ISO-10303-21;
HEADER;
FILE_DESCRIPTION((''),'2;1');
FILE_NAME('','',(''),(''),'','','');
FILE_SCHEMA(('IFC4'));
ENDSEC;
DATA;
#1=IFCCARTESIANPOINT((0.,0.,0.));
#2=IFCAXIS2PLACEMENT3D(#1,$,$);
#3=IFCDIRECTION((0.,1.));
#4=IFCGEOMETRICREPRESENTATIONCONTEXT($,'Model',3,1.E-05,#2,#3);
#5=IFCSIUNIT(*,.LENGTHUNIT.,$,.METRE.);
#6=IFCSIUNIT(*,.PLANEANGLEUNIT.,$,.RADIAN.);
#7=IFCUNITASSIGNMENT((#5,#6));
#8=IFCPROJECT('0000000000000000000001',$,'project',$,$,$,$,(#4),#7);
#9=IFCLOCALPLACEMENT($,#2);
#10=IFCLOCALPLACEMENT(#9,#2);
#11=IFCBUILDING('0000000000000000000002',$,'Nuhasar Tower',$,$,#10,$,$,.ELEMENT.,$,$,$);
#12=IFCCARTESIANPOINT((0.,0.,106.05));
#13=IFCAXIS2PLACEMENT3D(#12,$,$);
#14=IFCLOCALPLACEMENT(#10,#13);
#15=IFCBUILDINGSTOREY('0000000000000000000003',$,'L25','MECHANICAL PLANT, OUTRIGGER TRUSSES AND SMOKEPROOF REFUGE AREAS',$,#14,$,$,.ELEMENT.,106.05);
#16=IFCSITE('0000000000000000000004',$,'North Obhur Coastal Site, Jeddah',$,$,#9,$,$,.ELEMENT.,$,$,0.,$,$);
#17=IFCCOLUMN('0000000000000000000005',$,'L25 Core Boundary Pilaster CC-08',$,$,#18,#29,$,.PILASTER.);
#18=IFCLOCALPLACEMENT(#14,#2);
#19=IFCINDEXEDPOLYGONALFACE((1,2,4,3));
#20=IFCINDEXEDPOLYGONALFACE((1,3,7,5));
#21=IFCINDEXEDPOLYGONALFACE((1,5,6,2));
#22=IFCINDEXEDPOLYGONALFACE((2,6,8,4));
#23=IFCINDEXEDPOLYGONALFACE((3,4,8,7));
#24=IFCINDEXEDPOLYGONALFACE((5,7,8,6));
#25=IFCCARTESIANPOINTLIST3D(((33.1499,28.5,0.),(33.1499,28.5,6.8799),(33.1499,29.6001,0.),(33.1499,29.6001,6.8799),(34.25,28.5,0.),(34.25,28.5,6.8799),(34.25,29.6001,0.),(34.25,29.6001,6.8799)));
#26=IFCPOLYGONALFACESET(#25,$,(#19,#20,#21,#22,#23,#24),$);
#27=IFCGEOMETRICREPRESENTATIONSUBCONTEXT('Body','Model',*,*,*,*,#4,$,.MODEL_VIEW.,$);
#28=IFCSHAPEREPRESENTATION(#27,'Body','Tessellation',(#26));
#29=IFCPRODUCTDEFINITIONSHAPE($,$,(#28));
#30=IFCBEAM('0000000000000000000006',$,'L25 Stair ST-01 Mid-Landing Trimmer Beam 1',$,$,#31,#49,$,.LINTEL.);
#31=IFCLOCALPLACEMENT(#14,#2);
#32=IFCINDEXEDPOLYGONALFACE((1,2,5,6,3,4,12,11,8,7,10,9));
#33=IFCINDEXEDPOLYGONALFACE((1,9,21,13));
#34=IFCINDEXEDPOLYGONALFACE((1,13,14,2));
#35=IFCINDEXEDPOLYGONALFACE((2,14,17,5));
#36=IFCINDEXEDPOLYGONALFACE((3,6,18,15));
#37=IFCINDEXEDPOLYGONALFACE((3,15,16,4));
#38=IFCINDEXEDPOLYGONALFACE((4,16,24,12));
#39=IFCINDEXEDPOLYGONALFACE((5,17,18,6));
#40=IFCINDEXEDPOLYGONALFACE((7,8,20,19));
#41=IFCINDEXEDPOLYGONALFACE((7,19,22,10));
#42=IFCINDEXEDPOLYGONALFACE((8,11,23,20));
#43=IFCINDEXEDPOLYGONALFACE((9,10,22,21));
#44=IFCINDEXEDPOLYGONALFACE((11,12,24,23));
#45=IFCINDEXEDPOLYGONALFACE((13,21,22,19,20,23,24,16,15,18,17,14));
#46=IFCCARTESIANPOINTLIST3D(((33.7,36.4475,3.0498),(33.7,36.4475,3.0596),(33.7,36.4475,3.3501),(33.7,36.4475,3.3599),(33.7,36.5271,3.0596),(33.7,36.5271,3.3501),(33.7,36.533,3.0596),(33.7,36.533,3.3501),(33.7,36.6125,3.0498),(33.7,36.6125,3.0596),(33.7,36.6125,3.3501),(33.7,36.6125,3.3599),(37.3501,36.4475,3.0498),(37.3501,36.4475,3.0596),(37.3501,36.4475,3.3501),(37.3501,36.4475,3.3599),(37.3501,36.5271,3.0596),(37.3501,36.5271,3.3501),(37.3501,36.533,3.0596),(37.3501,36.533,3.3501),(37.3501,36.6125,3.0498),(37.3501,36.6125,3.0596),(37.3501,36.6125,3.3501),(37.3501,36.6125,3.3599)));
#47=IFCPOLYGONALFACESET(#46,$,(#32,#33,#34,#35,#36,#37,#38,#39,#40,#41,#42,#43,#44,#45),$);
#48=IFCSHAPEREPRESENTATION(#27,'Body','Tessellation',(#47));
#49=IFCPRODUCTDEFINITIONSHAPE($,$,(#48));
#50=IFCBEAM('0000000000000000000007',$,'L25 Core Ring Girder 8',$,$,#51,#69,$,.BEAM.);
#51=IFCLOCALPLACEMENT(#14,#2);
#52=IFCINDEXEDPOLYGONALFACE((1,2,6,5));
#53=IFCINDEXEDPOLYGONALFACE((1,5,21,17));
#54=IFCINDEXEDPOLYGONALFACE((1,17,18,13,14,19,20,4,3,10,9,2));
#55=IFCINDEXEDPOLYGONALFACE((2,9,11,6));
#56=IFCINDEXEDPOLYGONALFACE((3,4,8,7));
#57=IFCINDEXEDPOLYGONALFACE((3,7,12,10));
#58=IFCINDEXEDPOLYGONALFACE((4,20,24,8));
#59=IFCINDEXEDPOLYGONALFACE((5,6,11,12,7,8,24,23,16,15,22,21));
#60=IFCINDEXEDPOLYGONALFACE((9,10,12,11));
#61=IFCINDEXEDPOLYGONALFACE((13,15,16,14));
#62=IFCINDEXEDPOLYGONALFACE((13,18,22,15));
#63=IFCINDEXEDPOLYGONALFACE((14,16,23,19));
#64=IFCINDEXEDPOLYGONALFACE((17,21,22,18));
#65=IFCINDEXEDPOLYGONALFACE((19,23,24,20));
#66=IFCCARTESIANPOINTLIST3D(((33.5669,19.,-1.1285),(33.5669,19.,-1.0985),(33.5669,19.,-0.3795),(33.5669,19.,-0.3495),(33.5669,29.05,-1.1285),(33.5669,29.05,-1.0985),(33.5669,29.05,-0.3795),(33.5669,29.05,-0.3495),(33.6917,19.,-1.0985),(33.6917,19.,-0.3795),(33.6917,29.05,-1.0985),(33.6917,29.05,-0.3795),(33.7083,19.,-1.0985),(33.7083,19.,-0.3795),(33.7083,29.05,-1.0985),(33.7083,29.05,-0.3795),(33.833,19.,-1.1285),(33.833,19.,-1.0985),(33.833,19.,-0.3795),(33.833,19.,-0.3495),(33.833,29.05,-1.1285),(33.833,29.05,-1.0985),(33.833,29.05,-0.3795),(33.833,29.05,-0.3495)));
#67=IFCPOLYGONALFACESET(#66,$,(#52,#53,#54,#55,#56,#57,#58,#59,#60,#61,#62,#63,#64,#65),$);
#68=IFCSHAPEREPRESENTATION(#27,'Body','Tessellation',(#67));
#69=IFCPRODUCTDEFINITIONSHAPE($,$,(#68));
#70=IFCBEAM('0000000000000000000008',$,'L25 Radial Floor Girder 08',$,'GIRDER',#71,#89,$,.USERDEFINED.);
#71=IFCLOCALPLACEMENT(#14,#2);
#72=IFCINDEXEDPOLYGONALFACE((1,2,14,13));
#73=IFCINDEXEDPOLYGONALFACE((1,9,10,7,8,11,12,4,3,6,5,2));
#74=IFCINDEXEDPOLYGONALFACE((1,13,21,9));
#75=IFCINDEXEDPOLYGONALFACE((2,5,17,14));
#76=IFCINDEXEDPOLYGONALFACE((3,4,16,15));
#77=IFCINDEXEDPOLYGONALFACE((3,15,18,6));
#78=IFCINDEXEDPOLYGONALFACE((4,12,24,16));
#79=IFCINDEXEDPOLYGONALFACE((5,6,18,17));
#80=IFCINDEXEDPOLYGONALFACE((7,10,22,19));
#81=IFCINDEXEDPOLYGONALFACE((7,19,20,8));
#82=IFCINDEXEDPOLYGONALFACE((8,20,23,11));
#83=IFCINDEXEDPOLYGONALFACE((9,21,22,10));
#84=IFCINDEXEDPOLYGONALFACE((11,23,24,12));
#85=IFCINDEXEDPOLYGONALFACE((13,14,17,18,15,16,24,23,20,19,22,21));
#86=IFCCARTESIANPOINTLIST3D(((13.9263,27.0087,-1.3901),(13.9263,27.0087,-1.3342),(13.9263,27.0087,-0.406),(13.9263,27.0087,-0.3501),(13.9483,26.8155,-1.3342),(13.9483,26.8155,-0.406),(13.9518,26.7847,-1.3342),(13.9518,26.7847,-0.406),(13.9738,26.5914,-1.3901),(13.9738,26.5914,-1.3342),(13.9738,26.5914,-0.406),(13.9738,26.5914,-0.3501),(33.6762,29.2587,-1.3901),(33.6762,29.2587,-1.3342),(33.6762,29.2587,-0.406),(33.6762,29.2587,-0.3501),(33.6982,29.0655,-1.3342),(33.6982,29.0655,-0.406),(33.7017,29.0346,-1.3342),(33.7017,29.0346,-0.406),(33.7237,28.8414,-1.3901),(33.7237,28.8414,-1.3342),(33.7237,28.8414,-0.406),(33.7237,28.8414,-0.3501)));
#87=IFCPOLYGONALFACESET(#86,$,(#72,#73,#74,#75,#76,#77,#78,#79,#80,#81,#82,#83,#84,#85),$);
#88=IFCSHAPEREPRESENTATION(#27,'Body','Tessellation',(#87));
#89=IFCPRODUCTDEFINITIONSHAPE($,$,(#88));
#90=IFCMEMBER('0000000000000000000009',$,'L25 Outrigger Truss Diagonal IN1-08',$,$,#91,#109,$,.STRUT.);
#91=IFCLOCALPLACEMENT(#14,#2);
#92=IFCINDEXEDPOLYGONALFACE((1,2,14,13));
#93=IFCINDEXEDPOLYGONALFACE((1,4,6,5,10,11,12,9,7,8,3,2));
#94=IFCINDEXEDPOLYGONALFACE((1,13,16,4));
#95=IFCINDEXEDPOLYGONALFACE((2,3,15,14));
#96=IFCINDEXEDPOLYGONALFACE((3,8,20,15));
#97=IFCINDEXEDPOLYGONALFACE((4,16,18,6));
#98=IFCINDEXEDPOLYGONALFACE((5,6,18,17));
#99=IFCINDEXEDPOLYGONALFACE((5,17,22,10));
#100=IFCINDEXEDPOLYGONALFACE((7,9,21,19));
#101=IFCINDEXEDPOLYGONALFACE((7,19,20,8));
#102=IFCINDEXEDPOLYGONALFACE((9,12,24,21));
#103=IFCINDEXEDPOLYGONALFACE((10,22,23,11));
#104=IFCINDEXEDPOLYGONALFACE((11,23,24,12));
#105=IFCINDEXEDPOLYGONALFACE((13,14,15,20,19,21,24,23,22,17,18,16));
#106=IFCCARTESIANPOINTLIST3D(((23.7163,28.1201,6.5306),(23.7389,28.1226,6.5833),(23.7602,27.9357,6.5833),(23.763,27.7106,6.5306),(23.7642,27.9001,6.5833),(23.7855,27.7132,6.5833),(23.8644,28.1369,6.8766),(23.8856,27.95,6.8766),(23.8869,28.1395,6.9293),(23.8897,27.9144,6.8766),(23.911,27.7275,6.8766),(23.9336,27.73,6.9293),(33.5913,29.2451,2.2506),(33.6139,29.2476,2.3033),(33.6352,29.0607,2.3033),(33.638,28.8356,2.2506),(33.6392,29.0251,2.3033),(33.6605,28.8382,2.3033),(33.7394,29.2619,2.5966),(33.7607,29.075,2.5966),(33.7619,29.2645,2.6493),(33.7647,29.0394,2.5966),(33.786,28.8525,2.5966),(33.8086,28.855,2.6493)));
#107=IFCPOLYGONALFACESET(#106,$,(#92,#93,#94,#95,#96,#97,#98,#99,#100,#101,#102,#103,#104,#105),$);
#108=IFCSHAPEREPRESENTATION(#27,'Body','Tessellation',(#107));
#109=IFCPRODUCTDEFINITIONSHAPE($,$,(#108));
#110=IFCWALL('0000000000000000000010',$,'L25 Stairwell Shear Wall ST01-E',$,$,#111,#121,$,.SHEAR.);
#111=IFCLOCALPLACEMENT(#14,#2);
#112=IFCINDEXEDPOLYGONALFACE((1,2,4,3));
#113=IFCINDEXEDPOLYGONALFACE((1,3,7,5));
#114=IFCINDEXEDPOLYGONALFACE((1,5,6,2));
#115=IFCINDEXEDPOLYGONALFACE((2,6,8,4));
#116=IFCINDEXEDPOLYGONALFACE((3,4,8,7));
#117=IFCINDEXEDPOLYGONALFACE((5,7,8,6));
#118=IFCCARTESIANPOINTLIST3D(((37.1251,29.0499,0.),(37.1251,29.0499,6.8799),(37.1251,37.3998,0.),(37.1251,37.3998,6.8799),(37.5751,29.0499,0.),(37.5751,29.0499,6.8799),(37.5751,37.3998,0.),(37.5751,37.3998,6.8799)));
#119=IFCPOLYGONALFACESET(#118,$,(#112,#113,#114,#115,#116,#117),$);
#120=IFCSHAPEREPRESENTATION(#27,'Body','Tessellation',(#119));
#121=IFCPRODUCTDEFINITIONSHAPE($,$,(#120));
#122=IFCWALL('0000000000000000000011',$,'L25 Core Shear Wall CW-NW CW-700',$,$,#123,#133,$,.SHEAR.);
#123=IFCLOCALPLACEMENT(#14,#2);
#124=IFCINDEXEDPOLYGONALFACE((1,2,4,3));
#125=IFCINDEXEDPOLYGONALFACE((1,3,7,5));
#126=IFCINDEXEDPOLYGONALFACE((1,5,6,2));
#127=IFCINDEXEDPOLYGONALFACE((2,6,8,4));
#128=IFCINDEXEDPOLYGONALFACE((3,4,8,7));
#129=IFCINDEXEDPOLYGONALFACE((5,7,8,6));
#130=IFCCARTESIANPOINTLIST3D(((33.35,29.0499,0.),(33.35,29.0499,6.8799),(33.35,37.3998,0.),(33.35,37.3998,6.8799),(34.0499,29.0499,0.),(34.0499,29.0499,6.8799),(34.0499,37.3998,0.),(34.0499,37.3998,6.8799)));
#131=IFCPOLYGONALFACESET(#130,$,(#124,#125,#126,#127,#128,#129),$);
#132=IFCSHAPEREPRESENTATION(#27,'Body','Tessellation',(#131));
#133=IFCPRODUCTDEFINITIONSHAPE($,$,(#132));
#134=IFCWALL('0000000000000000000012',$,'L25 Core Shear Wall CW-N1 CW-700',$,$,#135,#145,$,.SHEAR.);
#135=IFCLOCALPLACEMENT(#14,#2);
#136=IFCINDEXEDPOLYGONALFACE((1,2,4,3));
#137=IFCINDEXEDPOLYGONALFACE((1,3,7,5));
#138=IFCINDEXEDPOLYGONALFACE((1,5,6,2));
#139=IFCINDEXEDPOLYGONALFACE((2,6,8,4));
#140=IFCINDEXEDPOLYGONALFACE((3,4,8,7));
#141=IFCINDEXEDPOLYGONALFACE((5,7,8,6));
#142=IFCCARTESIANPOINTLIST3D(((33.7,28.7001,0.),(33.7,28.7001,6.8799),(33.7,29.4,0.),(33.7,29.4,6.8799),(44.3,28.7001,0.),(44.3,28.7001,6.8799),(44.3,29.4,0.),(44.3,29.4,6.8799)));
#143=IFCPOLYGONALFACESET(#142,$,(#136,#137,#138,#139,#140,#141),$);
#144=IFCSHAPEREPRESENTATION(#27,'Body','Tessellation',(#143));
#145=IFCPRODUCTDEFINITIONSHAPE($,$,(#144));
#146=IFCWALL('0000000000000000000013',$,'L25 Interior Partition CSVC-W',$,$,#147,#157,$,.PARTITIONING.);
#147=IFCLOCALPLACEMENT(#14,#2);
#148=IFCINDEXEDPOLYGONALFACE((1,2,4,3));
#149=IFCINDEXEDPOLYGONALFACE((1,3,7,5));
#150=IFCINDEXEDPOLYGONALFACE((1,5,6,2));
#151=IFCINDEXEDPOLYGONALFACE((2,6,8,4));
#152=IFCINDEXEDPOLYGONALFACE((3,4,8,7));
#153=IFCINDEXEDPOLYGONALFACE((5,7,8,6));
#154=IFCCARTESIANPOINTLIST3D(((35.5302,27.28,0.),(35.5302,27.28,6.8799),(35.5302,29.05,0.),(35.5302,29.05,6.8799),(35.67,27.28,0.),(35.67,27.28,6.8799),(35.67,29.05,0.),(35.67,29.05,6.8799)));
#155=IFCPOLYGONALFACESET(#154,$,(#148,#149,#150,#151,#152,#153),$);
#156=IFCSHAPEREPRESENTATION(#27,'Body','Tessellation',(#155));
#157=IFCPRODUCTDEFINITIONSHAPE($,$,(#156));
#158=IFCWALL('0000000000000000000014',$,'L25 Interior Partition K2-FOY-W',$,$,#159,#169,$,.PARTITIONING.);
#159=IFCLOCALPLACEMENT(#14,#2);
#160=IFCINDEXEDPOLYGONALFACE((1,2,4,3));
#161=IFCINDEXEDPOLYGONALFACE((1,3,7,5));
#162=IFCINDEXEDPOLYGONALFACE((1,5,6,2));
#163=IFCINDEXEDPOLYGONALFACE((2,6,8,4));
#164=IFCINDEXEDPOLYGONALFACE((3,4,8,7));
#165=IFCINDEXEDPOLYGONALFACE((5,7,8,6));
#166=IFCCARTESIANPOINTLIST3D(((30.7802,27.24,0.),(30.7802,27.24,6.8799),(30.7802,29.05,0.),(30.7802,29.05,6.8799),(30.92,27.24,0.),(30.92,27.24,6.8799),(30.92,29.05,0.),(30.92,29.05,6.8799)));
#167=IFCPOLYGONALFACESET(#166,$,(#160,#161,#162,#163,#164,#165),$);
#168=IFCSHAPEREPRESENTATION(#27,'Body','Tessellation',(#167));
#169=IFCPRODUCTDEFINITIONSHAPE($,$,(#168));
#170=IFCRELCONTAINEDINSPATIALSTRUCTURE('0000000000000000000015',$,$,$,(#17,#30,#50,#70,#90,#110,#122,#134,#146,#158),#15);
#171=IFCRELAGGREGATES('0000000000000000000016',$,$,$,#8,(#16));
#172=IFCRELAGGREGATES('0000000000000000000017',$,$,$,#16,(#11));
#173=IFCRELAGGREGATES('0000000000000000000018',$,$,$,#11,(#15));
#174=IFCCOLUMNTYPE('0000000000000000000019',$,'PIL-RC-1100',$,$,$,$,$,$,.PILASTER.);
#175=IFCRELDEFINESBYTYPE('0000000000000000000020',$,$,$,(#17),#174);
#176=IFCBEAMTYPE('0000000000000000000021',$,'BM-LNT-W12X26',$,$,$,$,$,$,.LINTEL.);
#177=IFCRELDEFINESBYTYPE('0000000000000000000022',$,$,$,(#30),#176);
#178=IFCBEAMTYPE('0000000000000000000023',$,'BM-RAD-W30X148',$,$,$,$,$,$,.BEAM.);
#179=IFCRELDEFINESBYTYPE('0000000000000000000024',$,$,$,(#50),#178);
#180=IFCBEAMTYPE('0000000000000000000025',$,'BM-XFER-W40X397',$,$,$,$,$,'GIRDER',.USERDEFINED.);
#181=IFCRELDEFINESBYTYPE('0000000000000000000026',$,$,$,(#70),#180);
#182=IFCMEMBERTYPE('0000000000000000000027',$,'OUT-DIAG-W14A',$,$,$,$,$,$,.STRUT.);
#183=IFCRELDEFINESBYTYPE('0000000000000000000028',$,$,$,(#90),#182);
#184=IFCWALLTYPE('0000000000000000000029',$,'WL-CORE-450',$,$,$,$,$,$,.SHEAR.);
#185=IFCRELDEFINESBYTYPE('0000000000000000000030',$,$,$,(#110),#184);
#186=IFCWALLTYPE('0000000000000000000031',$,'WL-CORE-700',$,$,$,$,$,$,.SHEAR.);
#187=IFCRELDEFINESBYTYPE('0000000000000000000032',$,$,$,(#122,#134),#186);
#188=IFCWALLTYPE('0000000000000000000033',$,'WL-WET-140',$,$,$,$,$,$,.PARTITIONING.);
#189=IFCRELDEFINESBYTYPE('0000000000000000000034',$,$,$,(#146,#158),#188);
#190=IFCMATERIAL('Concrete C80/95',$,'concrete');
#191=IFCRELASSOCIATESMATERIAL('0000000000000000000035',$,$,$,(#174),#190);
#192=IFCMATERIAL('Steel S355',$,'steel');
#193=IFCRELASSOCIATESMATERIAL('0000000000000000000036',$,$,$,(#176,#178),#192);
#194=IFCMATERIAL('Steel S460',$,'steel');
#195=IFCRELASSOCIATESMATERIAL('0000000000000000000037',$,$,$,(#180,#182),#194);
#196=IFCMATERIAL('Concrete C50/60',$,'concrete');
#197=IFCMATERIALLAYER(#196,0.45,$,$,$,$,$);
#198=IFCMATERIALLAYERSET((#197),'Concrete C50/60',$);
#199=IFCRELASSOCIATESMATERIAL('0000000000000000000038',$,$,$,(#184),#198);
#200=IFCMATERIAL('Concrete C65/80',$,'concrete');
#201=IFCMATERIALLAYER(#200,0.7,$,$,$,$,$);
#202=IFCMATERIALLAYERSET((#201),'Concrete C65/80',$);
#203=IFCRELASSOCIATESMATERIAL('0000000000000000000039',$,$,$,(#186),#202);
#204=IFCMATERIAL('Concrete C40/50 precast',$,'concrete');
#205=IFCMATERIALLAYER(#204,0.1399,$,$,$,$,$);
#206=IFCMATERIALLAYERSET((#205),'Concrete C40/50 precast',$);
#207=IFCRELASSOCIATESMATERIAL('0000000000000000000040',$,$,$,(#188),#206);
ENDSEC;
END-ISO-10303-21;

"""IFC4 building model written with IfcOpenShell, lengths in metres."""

from ifc_helpers import new_model, si_unit, direction, frame, frame_2d, origin, origin_2d, place, context, subcontext, project, spatial, rectangle, i_section, extrude, material, layer, layer_set, material_profile, profile_set, type_object, element, save


model = new_model("IFC4")

# Units and contexts
model_context = context("Model", 3, precision=1e-05, world=origin(), true_north=direction((0.0, 1.0)))
body_context = subcontext(model_context, "Body", "Model", "MODEL_VIEW")
ifc_project = project(units=[si_unit("LENGTHUNIT", "METRE"), si_unit("PLANEANGLEUNIT", "RADIAN")], contexts=[model_context])

# Site, building, storey
site_placement = place(None, origin())
site = spatial("IfcSite", under=ifc_project, at=site_placement, Name="North Obhur Coastal Site, Jeddah", CompositionType="ELEMENT", RefElevation=0.0)
building_placement = place(site_placement, origin())
building = spatial("IfcBuilding", under=site, at=building_placement, Name="Nuhasar Tower", CompositionType="ELEMENT")
storey_placement = place(building_placement, frame((0.0, 0.0, 106.05)))
storey = spatial("IfcBuildingStorey", under=building, at=storey_placement, Name="L25", Description="MECHANICAL PLANT, OUTRIGGER TRUSSES AND SMOKEPROOF REFUGE AREAS", CompositionType="ELEMENT", Elevation=106.05)

# Column
ifc_material_1 = material(Name="Concrete C80/95", Category="concrete")
ifc_material_profile_1 = material_profile(ifc_material_1, rectangle(XDim=1.1001, YDim=1.1001, at=origin_2d()), Name="RC1100X1100")
ifc_profile_set_1 = profile_set([ifc_material_profile_1], Name="Concrete C80/95")
column_type = type_object("IfcColumnType", Name="PIL-RC-1100", PredefinedType="PILASTER", material=ifc_profile_set_1)
column_placement = place(storey_placement, frame((33.7, 29.05, 0.0), z_axis=(0.0, 0.0, 1.0), x_axis=(1.0, 0.0, 0.0)))
element("IfcColumn", 1, at=column_placement, inside=storey, type_object=column_type, Name="L25 Core Boundary Pilaster CC-08", PredefinedType="PILASTER", context=body_context, shape_type="SweptSolid", body=[
    extrude(rectangle(XDim=1.1001, YDim=1.1001, at=origin_2d()), origin(), (0.0, 0.0, 1.0), 6.8799),
])

# Beams
ifc_material_2 = material(Name="Steel S355", Category="steel")
ifc_material_profile_2 = material_profile(ifc_material_2, i_section(OverallWidth=0.165, OverallDepth=0.3101, WebThickness=0.0059, FlangeThickness=0.0098, at=origin_2d()), Name="W12X26")
ifc_profile_set_2 = profile_set([ifc_material_profile_2], Name="Steel S355")
beam_type_1 = type_object("IfcBeamType", Name="BM-LNT-W12X26", PredefinedType="LINTEL", material=ifc_profile_set_2)
beam_1_placement = place(storey_placement, frame((33.7, 36.53, 3.2048), z_axis=(1.0, 0.0, 0.0), x_axis=(0.0, 1.0, 0.0)))
element("IfcBeam", 2, at=beam_1_placement, inside=storey, type_object=beam_type_1, Name="L25 Stair ST-01 Mid-Landing Trimmer Beam 1", PredefinedType="LINTEL", context=body_context, shape_type="SweptSolid", body=[
    extrude(i_section(OverallWidth=0.165, OverallDepth=0.3101, WebThickness=0.0059, FlangeThickness=0.0098, at=origin_2d()), origin(), (0.0, 0.0, 1.0), 3.6501),
])
ifc_material_profile_3 = material_profile(ifc_material_2, i_section(OverallWidth=0.2661, OverallDepth=0.7791, WebThickness=0.0166, FlangeThickness=0.03, at=origin_2d()), Name="W30X148")
ifc_profile_set_3 = profile_set([ifc_material_profile_3], Name="Steel S355")
beam_type_2 = type_object("IfcBeamType", Name="BM-RAD-W30X148", PredefinedType="BEAM", material=ifc_profile_set_3)
beam_2_placement = place(storey_placement, frame((33.7, 29.05, -0.739), z_axis=(0.0, -1.0, 0.0), x_axis=(1.0, 0.0, 0.0)))
element("IfcBeam", 3, at=beam_2_placement, inside=storey, type_object=beam_type_2, Name="L25 Core Ring Girder 8", PredefinedType="BEAM", context=body_context, shape_type="SweptSolid", body=[
    extrude(i_section(OverallWidth=0.2661, OverallDepth=0.7791, WebThickness=0.0166, FlangeThickness=0.03, at=origin_2d()), origin(), (0.0, 0.0, 1.0), 10.05),
])
ifc_material_3 = material(Name="Steel S460", Category="steel")
ifc_material_profile_4 = material_profile(ifc_material_3, i_section(OverallWidth=0.4199, OverallDepth=1.04, WebThickness=0.031, FlangeThickness=0.0559, at=origin_2d()), Name="W40X397")
ifc_profile_set_4 = profile_set([ifc_material_profile_4], Name="Steel S460")
beam_type_3 = type_object("IfcBeamType", Name="BM-XFER-W40X397", ElementType="GIRDER", PredefinedType="USERDEFINED", material=ifc_profile_set_4)
beam_3_placement = place(storey_placement, frame((33.7, 29.05, -0.8701), z_axis=(-0.993573, -0.113192, 0.0), x_axis=(0.113192, -0.993573, 0.0)))
element("IfcBeam", 4, at=beam_3_placement, inside=storey, type_object=beam_type_3, Name="L25 Radial Floor Girder 08", ObjectType="GIRDER", PredefinedType="USERDEFINED", context=body_context, shape_type="SweptSolid", body=[
    extrude(i_section(OverallWidth=0.4199, OverallDepth=1.04, WebThickness=0.031, FlangeThickness=0.0559, at=origin_2d()), origin(), (0.0, 0.0, 1.0), 19.8777),
])

# Member
ifc_material_profile_5 = material_profile(ifc_material_3, i_section(OverallWidth=0.4121, OverallDepth=0.4341, WebThickness=0.0359, FlangeThickness=0.0574, at=origin_2d()), Name="W14X311")
ifc_profile_set_5 = profile_set([ifc_material_profile_5], Name="Steel S460")
member_type = type_object("IfcMemberType", Name="OUT-DIAG-W14A", PredefinedType="STRUT", material=ifc_profile_set_5)
member_placement = place(storey_placement, frame((33.7, 29.05, 2.45), z_axis=(-0.912555, -0.103962, 0.39552), x_axis=(0.113192, -0.993573, 0.0)))
element("IfcMember", 5, at=member_placement, inside=storey, type_object=member_type, Name="L25 Outrigger Truss Diagonal IN1-08", PredefinedType="STRUT", context=body_context, shape_type="SweptSolid", body=[
    extrude(i_section(OverallWidth=0.4121, OverallDepth=0.4341, WebThickness=0.0359, FlangeThickness=0.0574, at=origin_2d()), origin(), (0.0, 0.0, 1.0), 10.8213),
])

# Walls
ifc_material_4 = material(Name="Concrete C50/60", Category="concrete")
ifc_layer_1 = layer(ifc_material_4, 0.45)
ifc_layer_set_1 = layer_set([ifc_layer_1], Name="Concrete C50/60")
wall_type_1 = type_object("IfcWallType", Name="WL-CORE-450", PredefinedType="SHEAR", material=ifc_layer_set_1)
wall_1_placement = place(storey_placement, frame((37.3501, 29.05, 0.0), z_axis=(0.0, 0.0, 1.0), x_axis=(0.0, 1.0, 0.0)))
element("IfcWall", 6, at=wall_1_placement, inside=storey, type_object=wall_type_1, Name="L25 Stairwell Shear Wall ST01-E", PredefinedType="SHEAR", context=body_context, shape_type="SweptSolid", body=[
    extrude(rectangle(XDim=8.3499, YDim=0.45, at=frame_2d((4.1748, 0.0))), origin(), (0.0, 0.0, 1.0), 6.8799),
])
ifc_material_5 = material(Name="Concrete C65/80", Category="concrete")
ifc_layer_2 = layer(ifc_material_5, 0.7)
ifc_layer_set_2 = layer_set([ifc_layer_2], Name="Concrete C65/80")
wall_type_2 = type_object("IfcWallType", Name="WL-CORE-700", PredefinedType="SHEAR", material=ifc_layer_set_2)
wall_2_placement = place(storey_placement, frame((33.7, 29.05, 0.0), z_axis=(0.0, 0.0, 1.0), x_axis=(0.0, 1.0, 0.0)))
element("IfcWall", 7, at=wall_2_placement, inside=storey, type_object=wall_type_2, Name="L25 Core Shear Wall CW-NW CW-700", PredefinedType="SHEAR", context=body_context, shape_type="SweptSolid", body=[
    extrude(rectangle(XDim=8.3499, YDim=0.7, at=frame_2d((4.1748, 0.0))), origin(), (0.0, 0.0, 1.0), 6.8799),
])
wall_3_placement = place(storey_placement, frame((33.7, 29.05, 0.0), z_axis=(0.0, 0.0, 1.0), x_axis=(1.0, 0.0, 0.0)))
element("IfcWall", 8, at=wall_3_placement, inside=storey, type_object=wall_type_2, Name="L25 Core Shear Wall CW-N1 CW-700", PredefinedType="SHEAR", context=body_context, shape_type="SweptSolid", body=[
    extrude(rectangle(XDim=10.6001, YDim=0.7, at=frame_2d((5.3, 0.0))), origin(), (0.0, 0.0, 1.0), 6.8799),
])
ifc_material_6 = material(Name="Concrete C40/50 precast", Category="concrete")
ifc_layer_3 = layer(ifc_material_6, 0.1399)
ifc_layer_set_3 = layer_set([ifc_layer_3], Name="Concrete C40/50 precast")
wall_type_3 = type_object("IfcWallType", Name="WL-WET-140", PredefinedType="PARTITIONING", material=ifc_layer_set_3)
wall_4_placement = place(storey_placement, frame((35.6001, 27.28, 0.0), z_axis=(0.0, 0.0, 1.0), x_axis=(0.0, 1.0, 0.0)))
element("IfcWall", 9, at=wall_4_placement, inside=storey, type_object=wall_type_3, Name="L25 Interior Partition CSVC-W", PredefinedType="PARTITIONING", context=body_context, shape_type="SweptSolid", body=[
    extrude(rectangle(XDim=1.77, YDim=0.1399, at=frame_2d((0.885, 0.0))), origin(), (0.0, 0.0, 1.0), 6.8799),
])
wall_5_placement = place(storey_placement, frame((30.8501, 27.24, 0.0), z_axis=(0.0, 0.0, 1.0), x_axis=(0.0, 1.0, 0.0)))
element("IfcWall", 10, at=wall_5_placement, inside=storey, type_object=wall_type_3, Name="L25 Interior Partition K2-FOY-W", PredefinedType="PARTITIONING", context=body_context, shape_type="SweptSolid", body=[
    extrude(rectangle(XDim=1.8101, YDim=0.1399, at=frame_2d((0.905, 0.0))), origin(), (0.0, 0.0, 1.0), 6.8799),
])

save(model, "model.ifc")
